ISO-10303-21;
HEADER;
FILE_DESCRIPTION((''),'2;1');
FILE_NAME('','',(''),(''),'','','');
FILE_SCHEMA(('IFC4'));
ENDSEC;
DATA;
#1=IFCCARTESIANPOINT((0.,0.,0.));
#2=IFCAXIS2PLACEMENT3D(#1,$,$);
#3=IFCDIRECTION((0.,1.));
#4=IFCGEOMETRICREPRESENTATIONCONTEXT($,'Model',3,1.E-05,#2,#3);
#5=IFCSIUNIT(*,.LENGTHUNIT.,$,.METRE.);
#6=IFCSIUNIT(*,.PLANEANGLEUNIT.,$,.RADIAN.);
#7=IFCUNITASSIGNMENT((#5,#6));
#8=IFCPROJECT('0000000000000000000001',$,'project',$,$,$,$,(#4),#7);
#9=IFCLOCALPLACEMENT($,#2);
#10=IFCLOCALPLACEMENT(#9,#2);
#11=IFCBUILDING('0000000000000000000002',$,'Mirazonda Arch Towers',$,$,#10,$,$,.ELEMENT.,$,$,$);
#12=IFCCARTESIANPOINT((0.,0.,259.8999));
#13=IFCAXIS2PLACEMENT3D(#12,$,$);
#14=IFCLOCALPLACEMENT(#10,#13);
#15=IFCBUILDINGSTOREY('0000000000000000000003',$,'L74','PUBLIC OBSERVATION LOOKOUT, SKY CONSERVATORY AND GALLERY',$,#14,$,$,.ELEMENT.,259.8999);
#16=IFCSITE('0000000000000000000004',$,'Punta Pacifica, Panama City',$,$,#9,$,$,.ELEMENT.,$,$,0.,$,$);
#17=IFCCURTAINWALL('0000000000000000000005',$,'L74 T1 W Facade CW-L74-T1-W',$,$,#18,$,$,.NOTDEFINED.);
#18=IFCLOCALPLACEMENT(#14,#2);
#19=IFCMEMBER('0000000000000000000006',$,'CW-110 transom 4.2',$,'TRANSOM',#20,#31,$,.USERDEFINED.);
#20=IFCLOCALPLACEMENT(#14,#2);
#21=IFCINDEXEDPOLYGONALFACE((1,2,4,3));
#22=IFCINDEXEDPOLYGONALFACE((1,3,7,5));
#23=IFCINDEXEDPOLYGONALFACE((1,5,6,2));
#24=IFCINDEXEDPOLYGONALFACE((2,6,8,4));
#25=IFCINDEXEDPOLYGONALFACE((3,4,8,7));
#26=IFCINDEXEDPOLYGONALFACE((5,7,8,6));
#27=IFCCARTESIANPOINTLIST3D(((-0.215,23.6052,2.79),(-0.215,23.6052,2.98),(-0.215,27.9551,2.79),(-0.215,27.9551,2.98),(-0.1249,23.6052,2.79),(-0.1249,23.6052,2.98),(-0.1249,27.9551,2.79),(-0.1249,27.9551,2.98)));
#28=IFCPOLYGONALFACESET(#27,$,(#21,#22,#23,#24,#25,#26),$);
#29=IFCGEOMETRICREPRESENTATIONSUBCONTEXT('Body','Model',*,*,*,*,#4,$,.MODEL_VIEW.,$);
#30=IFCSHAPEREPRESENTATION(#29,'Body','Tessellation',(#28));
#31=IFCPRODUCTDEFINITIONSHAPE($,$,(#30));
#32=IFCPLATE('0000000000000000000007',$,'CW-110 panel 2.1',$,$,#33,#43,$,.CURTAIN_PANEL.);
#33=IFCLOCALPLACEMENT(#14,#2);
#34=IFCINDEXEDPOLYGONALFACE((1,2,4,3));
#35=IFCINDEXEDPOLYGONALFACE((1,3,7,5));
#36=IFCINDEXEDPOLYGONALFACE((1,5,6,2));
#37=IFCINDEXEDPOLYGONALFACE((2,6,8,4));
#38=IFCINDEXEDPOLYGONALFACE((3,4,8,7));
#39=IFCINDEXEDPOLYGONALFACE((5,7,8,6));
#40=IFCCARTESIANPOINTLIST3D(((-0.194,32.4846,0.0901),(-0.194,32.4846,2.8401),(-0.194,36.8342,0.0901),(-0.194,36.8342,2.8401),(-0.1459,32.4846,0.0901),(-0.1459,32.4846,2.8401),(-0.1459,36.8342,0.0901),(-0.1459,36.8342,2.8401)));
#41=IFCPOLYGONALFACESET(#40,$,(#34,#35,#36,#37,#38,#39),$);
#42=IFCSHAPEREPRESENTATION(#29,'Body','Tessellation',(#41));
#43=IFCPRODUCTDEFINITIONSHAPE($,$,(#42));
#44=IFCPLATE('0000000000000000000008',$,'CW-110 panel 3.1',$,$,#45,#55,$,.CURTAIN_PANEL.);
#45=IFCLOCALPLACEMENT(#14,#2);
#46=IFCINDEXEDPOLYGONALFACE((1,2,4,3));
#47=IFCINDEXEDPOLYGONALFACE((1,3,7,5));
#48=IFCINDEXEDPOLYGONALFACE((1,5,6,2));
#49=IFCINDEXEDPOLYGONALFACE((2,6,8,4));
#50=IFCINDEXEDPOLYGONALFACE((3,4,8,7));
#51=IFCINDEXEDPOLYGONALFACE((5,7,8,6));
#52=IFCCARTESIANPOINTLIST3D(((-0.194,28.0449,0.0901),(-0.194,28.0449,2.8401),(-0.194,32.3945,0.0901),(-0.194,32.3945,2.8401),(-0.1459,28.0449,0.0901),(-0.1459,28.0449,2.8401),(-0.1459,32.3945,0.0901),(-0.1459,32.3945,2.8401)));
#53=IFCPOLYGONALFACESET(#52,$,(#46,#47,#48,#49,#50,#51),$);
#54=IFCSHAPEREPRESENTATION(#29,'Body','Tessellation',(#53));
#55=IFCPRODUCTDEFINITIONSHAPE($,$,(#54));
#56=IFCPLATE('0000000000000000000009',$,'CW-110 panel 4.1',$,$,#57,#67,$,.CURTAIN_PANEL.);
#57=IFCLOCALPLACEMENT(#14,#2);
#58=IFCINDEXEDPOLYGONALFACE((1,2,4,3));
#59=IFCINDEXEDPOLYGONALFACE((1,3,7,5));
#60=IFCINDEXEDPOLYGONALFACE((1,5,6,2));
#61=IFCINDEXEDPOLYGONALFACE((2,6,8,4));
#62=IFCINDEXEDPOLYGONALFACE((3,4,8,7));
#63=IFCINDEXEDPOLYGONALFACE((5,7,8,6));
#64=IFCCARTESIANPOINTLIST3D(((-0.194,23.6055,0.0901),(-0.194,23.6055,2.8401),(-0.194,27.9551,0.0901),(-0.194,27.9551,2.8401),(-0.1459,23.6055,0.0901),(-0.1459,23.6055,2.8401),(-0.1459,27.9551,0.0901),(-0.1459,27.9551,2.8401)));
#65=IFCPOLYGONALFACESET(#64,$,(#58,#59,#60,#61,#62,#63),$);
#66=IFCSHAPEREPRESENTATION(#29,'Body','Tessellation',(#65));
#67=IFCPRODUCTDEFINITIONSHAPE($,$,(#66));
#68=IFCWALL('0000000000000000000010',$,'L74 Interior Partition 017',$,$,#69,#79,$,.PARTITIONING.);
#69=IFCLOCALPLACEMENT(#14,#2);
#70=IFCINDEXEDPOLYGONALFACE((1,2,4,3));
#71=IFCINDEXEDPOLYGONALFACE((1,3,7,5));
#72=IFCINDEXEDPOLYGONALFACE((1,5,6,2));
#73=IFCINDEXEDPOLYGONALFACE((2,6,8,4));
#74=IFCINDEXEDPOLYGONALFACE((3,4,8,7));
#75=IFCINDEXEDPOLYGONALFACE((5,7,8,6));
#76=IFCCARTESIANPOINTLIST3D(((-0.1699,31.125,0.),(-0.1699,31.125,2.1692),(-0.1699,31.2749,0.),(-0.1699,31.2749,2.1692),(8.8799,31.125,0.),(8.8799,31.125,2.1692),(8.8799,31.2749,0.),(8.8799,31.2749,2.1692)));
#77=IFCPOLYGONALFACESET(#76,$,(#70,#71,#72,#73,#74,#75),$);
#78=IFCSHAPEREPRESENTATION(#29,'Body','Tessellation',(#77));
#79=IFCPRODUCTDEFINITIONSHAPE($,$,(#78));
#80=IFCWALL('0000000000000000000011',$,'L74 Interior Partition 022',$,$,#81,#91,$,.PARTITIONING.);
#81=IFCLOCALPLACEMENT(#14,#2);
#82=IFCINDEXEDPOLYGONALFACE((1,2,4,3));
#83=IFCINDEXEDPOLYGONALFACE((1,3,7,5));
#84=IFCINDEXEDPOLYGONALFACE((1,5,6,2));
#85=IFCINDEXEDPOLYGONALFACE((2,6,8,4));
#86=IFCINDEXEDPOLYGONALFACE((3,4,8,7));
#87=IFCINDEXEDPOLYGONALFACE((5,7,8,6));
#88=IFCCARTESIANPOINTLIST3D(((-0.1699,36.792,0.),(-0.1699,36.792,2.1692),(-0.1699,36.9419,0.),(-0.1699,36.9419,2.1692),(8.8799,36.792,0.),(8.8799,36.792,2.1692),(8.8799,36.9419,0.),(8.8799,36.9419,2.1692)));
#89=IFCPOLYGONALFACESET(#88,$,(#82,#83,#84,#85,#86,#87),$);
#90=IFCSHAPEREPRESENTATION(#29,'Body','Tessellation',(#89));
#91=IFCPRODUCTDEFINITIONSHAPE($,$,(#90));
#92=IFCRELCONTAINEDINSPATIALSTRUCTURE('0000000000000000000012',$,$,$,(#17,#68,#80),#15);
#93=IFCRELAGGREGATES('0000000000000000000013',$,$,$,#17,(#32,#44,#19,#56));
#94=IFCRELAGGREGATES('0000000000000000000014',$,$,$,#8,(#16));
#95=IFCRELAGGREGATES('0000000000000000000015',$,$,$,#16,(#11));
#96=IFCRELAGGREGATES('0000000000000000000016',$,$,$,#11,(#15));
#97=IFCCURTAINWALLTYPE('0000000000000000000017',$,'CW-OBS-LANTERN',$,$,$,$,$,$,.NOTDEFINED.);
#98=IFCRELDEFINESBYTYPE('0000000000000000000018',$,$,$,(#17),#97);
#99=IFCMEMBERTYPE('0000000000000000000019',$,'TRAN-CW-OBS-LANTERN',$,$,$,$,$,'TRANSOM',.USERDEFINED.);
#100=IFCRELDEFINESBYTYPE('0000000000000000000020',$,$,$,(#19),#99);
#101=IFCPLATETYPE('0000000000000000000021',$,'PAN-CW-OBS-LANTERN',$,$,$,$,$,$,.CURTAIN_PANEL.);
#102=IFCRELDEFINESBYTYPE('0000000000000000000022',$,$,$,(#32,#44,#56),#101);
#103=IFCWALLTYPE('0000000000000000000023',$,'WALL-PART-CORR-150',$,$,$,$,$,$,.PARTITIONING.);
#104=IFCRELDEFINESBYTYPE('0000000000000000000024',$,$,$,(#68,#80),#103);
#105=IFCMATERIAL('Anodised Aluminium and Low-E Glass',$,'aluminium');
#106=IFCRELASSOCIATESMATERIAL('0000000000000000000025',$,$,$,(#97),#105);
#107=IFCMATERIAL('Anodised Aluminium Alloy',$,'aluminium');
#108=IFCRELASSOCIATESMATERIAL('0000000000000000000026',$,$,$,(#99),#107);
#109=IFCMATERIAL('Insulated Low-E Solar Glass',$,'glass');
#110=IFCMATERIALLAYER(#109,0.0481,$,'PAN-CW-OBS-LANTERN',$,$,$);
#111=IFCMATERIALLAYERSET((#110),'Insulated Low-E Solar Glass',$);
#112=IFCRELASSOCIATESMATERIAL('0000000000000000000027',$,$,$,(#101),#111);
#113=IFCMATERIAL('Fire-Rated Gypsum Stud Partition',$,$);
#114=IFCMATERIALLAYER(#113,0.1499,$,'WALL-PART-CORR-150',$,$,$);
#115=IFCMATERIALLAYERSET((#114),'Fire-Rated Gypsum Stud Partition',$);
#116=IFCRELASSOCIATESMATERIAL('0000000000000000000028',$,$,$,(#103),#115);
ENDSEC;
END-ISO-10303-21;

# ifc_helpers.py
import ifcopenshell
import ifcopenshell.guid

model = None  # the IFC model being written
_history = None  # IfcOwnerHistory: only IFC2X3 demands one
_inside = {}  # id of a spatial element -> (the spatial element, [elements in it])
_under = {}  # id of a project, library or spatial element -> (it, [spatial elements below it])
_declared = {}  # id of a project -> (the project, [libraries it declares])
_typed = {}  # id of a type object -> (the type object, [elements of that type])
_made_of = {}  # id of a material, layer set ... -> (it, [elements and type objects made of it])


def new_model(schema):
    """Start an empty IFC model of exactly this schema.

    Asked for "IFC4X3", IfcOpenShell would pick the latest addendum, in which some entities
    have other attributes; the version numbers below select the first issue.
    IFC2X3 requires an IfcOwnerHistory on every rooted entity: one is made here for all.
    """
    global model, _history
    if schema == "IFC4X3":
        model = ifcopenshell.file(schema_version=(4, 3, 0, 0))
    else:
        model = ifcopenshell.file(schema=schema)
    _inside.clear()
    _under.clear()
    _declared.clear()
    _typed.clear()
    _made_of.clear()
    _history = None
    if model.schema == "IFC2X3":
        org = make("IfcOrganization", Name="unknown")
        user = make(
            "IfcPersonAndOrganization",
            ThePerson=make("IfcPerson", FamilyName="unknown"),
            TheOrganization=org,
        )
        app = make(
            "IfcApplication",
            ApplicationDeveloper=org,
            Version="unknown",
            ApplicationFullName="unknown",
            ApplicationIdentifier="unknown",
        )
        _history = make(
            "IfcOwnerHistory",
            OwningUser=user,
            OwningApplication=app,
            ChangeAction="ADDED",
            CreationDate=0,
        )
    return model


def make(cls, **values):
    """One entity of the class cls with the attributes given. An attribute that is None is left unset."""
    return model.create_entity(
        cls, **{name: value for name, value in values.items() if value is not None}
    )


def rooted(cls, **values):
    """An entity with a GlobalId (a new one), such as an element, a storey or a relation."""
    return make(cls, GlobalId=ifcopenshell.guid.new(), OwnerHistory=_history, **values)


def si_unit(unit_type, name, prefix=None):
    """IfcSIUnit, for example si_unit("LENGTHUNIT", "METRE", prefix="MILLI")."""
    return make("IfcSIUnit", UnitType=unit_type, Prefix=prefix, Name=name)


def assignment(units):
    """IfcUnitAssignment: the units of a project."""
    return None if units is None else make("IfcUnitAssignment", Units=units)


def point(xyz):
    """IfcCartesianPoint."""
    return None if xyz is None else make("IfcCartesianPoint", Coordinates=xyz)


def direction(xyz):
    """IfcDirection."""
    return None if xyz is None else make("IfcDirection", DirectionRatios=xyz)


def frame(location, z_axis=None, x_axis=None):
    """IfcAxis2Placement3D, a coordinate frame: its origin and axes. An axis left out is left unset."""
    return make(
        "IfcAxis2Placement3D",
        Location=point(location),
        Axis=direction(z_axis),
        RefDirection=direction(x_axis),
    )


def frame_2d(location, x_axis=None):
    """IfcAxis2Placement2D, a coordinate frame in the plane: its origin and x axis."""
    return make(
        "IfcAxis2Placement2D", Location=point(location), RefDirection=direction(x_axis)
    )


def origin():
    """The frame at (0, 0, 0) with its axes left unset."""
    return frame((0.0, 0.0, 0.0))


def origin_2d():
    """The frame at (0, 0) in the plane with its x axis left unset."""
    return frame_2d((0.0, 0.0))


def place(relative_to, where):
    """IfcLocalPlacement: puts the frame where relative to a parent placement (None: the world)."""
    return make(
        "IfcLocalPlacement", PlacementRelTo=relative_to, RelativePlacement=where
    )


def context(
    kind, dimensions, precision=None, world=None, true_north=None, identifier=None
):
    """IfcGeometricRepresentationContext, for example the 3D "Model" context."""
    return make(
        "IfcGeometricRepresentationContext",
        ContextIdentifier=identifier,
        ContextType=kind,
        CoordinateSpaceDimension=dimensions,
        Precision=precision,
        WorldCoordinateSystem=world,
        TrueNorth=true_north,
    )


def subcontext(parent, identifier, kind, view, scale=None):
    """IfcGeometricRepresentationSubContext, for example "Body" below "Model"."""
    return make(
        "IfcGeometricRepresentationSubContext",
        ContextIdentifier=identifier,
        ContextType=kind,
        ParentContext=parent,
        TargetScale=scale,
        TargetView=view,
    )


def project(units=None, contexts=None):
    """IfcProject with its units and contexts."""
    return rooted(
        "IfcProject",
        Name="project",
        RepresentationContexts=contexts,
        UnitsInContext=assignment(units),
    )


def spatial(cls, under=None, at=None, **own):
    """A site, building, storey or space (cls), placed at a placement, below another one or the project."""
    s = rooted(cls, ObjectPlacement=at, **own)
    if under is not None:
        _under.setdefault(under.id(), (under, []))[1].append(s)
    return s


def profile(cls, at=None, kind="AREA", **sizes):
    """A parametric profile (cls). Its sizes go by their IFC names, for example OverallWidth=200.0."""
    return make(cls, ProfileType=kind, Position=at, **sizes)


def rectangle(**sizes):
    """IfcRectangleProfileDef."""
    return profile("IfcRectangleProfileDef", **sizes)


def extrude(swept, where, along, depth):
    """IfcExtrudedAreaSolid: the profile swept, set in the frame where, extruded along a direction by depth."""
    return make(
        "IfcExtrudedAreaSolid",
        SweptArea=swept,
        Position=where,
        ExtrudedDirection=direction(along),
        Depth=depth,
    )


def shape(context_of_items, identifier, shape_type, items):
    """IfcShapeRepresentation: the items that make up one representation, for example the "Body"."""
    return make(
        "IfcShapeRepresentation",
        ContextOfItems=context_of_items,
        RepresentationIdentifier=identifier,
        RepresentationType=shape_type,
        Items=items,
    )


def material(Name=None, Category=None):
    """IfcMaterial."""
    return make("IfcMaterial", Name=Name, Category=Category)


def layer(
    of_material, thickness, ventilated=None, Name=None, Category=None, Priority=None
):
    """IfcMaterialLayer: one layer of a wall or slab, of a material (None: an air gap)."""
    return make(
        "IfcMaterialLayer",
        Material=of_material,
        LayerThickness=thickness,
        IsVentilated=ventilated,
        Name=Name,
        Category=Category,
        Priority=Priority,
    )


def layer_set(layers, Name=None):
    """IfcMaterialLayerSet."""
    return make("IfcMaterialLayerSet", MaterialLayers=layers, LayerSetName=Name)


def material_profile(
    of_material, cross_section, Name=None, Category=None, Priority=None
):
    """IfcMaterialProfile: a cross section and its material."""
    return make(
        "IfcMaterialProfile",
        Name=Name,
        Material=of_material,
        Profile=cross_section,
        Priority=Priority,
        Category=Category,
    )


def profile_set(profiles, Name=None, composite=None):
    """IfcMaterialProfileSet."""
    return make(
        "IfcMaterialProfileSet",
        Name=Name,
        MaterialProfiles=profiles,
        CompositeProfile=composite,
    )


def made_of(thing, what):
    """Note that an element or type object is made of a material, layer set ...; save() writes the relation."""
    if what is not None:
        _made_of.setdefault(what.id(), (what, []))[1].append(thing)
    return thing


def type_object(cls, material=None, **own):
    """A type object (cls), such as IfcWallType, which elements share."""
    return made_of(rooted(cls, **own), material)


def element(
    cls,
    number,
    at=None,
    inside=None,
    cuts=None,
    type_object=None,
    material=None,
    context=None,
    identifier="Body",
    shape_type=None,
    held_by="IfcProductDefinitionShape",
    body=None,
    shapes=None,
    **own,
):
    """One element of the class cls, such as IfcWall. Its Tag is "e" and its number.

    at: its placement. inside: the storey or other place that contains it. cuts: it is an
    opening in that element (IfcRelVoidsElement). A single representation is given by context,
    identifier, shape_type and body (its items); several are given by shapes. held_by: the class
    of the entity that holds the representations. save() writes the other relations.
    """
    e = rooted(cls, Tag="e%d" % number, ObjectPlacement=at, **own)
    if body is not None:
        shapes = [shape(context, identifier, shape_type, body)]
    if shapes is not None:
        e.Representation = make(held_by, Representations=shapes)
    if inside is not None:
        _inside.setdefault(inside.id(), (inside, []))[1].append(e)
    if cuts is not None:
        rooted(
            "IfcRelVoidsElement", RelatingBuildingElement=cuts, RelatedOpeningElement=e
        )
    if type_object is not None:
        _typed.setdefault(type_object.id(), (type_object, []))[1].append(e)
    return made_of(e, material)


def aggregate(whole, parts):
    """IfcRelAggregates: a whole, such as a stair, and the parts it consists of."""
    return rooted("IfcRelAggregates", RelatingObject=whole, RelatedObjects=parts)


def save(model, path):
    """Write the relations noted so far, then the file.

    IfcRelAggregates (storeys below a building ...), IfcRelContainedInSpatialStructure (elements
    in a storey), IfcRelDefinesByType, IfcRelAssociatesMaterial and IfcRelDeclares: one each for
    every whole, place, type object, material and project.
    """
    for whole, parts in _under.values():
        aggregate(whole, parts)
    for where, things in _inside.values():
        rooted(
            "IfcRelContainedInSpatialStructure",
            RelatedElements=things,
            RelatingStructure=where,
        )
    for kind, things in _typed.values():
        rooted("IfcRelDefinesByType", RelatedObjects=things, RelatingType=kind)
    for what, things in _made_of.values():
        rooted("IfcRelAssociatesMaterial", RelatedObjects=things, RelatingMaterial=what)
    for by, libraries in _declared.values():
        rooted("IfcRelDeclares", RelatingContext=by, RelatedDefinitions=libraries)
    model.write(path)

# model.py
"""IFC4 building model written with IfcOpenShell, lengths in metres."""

from ifc_helpers import new_model, si_unit, direction, frame, frame_2d, origin, origin_2d, place, context, subcontext, project, spatial, rectangle, extrude, material, layer, layer_set, material_profile, profile_set, type_object, element, aggregate, save


model = new_model("IFC4")

# Units and contexts
model_context = context("Model", 3, precision=1e-05, world=origin(), true_north=direction((0.0, 1.0)))
body_context = subcontext(model_context, "Body", "Model", "MODEL_VIEW")
ifc_project = project(units=[si_unit("LENGTHUNIT", "METRE"), si_unit("PLANEANGLEUNIT", "RADIAN")], contexts=[model_context])

# Site, building, storey
site_placement = place(None, origin())
site = spatial("IfcSite", under=ifc_project, at=site_placement, Name="Punta Pacifica, Panama City", CompositionType="ELEMENT", RefElevation=0.0)
building_placement = place(site_placement, origin())
building = spatial("IfcBuilding", under=site, at=building_placement, Name="Mirazonda Arch Towers", CompositionType="ELEMENT")
storey_placement = place(building_placement, frame((0.0, 0.0, 259.8999)))
storey = spatial("IfcBuildingStorey", under=building, at=storey_placement, Name="L74", Description="PUBLIC OBSERVATION LOOKOUT, SKY CONSERVATORY AND GALLERY", CompositionType="ELEMENT", Elevation=259.8999)

# Curtain wall, member, plates
ifc_material_1 = material(Name="Anodised Aluminium and Low-E Glass", Category="aluminium")
curtain_wall_type = type_object("IfcCurtainWallType", Name="CW-OBS-LANTERN", PredefinedType="NOTDEFINED", material=ifc_material_1)
curtain_wall_placement = place(storey_placement, origin())
curtain_wall = element("IfcCurtainWall", 1, at=curtain_wall_placement, inside=storey, type_object=curtain_wall_type, Name="L74 T1 W Facade CW-L74-T1-W", PredefinedType="NOTDEFINED")
ifc_material_2 = material(Name="Anodised Aluminium Alloy", Category="aluminium")
ifc_material_profile_1 = material_profile(ifc_material_2, rectangle(XDim=0.0901, YDim=0.1899, at=origin_2d()), Name="ALU-TRAN-90x190")
ifc_profile_set_1 = profile_set([ifc_material_profile_1], Name="Anodised Aluminium Alloy")
member_type_1 = type_object("IfcMemberType", Name="TRAN-CW-OBS-LANTERN", ElementType="TRANSOM", PredefinedType="USERDEFINED", material=ifc_profile_set_1)
member_1_placement = place(storey_placement, frame((-0.1699, 27.9551, 2.885), z_axis=(0.0, -1.0, 0.0), x_axis=(1.0, 0.0, 0.0)))
member_1 = element("IfcMember", 2, at=member_1_placement, type_object=member_type_1, Name="CW-110 transom 4.2", ObjectType="TRANSOM", PredefinedType="USERDEFINED", context=body_context, shape_type="SweptSolid", body=[
    extrude(rectangle(XDim=0.0901, YDim=0.1899, at=origin_2d()), origin(), (0.0, 0.0, 1.0), 4.3499),
])
ifc_material_3 = material(Name="Insulated Low-E Solar Glass", Category="glass")
ifc_layer_1 = layer(ifc_material_3, 0.0481, Name="PAN-CW-OBS-LANTERN")
ifc_layer_set_1 = layer_set([ifc_layer_1], Name="Insulated Low-E Solar Glass")
plate_type = type_object("IfcPlateType", Name="PAN-CW-OBS-LANTERN", PredefinedType="CURTAIN_PANEL", material=ifc_layer_set_1)
plate_1_placement = place(storey_placement, frame((-0.1699, 34.6594, 0.0901), z_axis=(0.0, 0.0, 1.0), x_axis=(0.0, -1.0, 0.0)))
plate_1 = element("IfcPlate", 3, at=plate_1_placement, type_object=plate_type, Name="CW-110 panel 2.1", PredefinedType="CURTAIN_PANEL", context=body_context, shape_type="SweptSolid", body=[
    extrude(rectangle(XDim=4.3496, YDim=0.0481, at=origin_2d()), origin(), (0.0, 0.0, 1.0), 2.75),
])
plate_2_placement = place(storey_placement, frame((-0.1699, 30.2197, 0.0901), z_axis=(0.0, 0.0, 1.0), x_axis=(0.0, -1.0, 0.0)))
plate_2 = element("IfcPlate", 4, at=plate_2_placement, type_object=plate_type, Name="CW-110 panel 3.1", PredefinedType="CURTAIN_PANEL", context=body_context, shape_type="SweptSolid", body=[
    extrude(rectangle(XDim=4.3496, YDim=0.0481, at=origin_2d()), origin(), (0.0, 0.0, 1.0), 2.75),
])
plate_3_placement = place(storey_placement, frame((-0.1699, 25.7803, 0.0901), z_axis=(0.0, 0.0, 1.0), x_axis=(0.0, -1.0, 0.0)))
plate_3 = element("IfcPlate", 5, at=plate_3_placement, type_object=plate_type, Name="CW-110 panel 4.1", PredefinedType="CURTAIN_PANEL", context=body_context, shape_type="SweptSolid", body=[
    extrude(rectangle(XDim=4.3496, YDim=0.0481, at=origin_2d()), origin(), (0.0, 0.0, 1.0), 2.75),
])
aggregate(curtain_wall, [plate_1, plate_2, member_1, plate_3])

# Walls
ifc_material_4 = material(Name="Fire-Rated Gypsum Stud Partition")
ifc_layer_2 = layer(ifc_material_4, 0.1499, Name="WALL-PART-CORR-150")
ifc_layer_set_2 = layer_set([ifc_layer_2], Name="Fire-Rated Gypsum Stud Partition")
wall_type = type_object("IfcWallType", Name="WALL-PART-CORR-150", PredefinedType="PARTITIONING", material=ifc_layer_set_2)
for number, where, z_axis, x_axis, name in (
    (6, (-0.1699, 31.2, 0.0), (0.0, 0.0, 1.0), (1.0, 0.0, 0.0), "L74 Interior Partition 017"),
    (7, (-0.1699, 36.8669, 0.0), (0.0, 0.0, 1.0), (1.0, 0.0, 0.0), "L74 Interior Partition 022"),
):
    element("IfcWall", number, at=place(storey_placement, frame(where, z_axis=z_axis, x_axis=x_axis)), inside=storey, type_object=wall_type, Name=name, PredefinedType="PARTITIONING", context=body_context, shape_type="SweptSolid", body=[
        extrude(rectangle(XDim=9.0498, YDim=0.1499, at=frame_2d((4.5249, 0.0))), origin(), (0.0, 0.0, 1.0), 2.1692),
    ])

save(model, "model.ifc")
